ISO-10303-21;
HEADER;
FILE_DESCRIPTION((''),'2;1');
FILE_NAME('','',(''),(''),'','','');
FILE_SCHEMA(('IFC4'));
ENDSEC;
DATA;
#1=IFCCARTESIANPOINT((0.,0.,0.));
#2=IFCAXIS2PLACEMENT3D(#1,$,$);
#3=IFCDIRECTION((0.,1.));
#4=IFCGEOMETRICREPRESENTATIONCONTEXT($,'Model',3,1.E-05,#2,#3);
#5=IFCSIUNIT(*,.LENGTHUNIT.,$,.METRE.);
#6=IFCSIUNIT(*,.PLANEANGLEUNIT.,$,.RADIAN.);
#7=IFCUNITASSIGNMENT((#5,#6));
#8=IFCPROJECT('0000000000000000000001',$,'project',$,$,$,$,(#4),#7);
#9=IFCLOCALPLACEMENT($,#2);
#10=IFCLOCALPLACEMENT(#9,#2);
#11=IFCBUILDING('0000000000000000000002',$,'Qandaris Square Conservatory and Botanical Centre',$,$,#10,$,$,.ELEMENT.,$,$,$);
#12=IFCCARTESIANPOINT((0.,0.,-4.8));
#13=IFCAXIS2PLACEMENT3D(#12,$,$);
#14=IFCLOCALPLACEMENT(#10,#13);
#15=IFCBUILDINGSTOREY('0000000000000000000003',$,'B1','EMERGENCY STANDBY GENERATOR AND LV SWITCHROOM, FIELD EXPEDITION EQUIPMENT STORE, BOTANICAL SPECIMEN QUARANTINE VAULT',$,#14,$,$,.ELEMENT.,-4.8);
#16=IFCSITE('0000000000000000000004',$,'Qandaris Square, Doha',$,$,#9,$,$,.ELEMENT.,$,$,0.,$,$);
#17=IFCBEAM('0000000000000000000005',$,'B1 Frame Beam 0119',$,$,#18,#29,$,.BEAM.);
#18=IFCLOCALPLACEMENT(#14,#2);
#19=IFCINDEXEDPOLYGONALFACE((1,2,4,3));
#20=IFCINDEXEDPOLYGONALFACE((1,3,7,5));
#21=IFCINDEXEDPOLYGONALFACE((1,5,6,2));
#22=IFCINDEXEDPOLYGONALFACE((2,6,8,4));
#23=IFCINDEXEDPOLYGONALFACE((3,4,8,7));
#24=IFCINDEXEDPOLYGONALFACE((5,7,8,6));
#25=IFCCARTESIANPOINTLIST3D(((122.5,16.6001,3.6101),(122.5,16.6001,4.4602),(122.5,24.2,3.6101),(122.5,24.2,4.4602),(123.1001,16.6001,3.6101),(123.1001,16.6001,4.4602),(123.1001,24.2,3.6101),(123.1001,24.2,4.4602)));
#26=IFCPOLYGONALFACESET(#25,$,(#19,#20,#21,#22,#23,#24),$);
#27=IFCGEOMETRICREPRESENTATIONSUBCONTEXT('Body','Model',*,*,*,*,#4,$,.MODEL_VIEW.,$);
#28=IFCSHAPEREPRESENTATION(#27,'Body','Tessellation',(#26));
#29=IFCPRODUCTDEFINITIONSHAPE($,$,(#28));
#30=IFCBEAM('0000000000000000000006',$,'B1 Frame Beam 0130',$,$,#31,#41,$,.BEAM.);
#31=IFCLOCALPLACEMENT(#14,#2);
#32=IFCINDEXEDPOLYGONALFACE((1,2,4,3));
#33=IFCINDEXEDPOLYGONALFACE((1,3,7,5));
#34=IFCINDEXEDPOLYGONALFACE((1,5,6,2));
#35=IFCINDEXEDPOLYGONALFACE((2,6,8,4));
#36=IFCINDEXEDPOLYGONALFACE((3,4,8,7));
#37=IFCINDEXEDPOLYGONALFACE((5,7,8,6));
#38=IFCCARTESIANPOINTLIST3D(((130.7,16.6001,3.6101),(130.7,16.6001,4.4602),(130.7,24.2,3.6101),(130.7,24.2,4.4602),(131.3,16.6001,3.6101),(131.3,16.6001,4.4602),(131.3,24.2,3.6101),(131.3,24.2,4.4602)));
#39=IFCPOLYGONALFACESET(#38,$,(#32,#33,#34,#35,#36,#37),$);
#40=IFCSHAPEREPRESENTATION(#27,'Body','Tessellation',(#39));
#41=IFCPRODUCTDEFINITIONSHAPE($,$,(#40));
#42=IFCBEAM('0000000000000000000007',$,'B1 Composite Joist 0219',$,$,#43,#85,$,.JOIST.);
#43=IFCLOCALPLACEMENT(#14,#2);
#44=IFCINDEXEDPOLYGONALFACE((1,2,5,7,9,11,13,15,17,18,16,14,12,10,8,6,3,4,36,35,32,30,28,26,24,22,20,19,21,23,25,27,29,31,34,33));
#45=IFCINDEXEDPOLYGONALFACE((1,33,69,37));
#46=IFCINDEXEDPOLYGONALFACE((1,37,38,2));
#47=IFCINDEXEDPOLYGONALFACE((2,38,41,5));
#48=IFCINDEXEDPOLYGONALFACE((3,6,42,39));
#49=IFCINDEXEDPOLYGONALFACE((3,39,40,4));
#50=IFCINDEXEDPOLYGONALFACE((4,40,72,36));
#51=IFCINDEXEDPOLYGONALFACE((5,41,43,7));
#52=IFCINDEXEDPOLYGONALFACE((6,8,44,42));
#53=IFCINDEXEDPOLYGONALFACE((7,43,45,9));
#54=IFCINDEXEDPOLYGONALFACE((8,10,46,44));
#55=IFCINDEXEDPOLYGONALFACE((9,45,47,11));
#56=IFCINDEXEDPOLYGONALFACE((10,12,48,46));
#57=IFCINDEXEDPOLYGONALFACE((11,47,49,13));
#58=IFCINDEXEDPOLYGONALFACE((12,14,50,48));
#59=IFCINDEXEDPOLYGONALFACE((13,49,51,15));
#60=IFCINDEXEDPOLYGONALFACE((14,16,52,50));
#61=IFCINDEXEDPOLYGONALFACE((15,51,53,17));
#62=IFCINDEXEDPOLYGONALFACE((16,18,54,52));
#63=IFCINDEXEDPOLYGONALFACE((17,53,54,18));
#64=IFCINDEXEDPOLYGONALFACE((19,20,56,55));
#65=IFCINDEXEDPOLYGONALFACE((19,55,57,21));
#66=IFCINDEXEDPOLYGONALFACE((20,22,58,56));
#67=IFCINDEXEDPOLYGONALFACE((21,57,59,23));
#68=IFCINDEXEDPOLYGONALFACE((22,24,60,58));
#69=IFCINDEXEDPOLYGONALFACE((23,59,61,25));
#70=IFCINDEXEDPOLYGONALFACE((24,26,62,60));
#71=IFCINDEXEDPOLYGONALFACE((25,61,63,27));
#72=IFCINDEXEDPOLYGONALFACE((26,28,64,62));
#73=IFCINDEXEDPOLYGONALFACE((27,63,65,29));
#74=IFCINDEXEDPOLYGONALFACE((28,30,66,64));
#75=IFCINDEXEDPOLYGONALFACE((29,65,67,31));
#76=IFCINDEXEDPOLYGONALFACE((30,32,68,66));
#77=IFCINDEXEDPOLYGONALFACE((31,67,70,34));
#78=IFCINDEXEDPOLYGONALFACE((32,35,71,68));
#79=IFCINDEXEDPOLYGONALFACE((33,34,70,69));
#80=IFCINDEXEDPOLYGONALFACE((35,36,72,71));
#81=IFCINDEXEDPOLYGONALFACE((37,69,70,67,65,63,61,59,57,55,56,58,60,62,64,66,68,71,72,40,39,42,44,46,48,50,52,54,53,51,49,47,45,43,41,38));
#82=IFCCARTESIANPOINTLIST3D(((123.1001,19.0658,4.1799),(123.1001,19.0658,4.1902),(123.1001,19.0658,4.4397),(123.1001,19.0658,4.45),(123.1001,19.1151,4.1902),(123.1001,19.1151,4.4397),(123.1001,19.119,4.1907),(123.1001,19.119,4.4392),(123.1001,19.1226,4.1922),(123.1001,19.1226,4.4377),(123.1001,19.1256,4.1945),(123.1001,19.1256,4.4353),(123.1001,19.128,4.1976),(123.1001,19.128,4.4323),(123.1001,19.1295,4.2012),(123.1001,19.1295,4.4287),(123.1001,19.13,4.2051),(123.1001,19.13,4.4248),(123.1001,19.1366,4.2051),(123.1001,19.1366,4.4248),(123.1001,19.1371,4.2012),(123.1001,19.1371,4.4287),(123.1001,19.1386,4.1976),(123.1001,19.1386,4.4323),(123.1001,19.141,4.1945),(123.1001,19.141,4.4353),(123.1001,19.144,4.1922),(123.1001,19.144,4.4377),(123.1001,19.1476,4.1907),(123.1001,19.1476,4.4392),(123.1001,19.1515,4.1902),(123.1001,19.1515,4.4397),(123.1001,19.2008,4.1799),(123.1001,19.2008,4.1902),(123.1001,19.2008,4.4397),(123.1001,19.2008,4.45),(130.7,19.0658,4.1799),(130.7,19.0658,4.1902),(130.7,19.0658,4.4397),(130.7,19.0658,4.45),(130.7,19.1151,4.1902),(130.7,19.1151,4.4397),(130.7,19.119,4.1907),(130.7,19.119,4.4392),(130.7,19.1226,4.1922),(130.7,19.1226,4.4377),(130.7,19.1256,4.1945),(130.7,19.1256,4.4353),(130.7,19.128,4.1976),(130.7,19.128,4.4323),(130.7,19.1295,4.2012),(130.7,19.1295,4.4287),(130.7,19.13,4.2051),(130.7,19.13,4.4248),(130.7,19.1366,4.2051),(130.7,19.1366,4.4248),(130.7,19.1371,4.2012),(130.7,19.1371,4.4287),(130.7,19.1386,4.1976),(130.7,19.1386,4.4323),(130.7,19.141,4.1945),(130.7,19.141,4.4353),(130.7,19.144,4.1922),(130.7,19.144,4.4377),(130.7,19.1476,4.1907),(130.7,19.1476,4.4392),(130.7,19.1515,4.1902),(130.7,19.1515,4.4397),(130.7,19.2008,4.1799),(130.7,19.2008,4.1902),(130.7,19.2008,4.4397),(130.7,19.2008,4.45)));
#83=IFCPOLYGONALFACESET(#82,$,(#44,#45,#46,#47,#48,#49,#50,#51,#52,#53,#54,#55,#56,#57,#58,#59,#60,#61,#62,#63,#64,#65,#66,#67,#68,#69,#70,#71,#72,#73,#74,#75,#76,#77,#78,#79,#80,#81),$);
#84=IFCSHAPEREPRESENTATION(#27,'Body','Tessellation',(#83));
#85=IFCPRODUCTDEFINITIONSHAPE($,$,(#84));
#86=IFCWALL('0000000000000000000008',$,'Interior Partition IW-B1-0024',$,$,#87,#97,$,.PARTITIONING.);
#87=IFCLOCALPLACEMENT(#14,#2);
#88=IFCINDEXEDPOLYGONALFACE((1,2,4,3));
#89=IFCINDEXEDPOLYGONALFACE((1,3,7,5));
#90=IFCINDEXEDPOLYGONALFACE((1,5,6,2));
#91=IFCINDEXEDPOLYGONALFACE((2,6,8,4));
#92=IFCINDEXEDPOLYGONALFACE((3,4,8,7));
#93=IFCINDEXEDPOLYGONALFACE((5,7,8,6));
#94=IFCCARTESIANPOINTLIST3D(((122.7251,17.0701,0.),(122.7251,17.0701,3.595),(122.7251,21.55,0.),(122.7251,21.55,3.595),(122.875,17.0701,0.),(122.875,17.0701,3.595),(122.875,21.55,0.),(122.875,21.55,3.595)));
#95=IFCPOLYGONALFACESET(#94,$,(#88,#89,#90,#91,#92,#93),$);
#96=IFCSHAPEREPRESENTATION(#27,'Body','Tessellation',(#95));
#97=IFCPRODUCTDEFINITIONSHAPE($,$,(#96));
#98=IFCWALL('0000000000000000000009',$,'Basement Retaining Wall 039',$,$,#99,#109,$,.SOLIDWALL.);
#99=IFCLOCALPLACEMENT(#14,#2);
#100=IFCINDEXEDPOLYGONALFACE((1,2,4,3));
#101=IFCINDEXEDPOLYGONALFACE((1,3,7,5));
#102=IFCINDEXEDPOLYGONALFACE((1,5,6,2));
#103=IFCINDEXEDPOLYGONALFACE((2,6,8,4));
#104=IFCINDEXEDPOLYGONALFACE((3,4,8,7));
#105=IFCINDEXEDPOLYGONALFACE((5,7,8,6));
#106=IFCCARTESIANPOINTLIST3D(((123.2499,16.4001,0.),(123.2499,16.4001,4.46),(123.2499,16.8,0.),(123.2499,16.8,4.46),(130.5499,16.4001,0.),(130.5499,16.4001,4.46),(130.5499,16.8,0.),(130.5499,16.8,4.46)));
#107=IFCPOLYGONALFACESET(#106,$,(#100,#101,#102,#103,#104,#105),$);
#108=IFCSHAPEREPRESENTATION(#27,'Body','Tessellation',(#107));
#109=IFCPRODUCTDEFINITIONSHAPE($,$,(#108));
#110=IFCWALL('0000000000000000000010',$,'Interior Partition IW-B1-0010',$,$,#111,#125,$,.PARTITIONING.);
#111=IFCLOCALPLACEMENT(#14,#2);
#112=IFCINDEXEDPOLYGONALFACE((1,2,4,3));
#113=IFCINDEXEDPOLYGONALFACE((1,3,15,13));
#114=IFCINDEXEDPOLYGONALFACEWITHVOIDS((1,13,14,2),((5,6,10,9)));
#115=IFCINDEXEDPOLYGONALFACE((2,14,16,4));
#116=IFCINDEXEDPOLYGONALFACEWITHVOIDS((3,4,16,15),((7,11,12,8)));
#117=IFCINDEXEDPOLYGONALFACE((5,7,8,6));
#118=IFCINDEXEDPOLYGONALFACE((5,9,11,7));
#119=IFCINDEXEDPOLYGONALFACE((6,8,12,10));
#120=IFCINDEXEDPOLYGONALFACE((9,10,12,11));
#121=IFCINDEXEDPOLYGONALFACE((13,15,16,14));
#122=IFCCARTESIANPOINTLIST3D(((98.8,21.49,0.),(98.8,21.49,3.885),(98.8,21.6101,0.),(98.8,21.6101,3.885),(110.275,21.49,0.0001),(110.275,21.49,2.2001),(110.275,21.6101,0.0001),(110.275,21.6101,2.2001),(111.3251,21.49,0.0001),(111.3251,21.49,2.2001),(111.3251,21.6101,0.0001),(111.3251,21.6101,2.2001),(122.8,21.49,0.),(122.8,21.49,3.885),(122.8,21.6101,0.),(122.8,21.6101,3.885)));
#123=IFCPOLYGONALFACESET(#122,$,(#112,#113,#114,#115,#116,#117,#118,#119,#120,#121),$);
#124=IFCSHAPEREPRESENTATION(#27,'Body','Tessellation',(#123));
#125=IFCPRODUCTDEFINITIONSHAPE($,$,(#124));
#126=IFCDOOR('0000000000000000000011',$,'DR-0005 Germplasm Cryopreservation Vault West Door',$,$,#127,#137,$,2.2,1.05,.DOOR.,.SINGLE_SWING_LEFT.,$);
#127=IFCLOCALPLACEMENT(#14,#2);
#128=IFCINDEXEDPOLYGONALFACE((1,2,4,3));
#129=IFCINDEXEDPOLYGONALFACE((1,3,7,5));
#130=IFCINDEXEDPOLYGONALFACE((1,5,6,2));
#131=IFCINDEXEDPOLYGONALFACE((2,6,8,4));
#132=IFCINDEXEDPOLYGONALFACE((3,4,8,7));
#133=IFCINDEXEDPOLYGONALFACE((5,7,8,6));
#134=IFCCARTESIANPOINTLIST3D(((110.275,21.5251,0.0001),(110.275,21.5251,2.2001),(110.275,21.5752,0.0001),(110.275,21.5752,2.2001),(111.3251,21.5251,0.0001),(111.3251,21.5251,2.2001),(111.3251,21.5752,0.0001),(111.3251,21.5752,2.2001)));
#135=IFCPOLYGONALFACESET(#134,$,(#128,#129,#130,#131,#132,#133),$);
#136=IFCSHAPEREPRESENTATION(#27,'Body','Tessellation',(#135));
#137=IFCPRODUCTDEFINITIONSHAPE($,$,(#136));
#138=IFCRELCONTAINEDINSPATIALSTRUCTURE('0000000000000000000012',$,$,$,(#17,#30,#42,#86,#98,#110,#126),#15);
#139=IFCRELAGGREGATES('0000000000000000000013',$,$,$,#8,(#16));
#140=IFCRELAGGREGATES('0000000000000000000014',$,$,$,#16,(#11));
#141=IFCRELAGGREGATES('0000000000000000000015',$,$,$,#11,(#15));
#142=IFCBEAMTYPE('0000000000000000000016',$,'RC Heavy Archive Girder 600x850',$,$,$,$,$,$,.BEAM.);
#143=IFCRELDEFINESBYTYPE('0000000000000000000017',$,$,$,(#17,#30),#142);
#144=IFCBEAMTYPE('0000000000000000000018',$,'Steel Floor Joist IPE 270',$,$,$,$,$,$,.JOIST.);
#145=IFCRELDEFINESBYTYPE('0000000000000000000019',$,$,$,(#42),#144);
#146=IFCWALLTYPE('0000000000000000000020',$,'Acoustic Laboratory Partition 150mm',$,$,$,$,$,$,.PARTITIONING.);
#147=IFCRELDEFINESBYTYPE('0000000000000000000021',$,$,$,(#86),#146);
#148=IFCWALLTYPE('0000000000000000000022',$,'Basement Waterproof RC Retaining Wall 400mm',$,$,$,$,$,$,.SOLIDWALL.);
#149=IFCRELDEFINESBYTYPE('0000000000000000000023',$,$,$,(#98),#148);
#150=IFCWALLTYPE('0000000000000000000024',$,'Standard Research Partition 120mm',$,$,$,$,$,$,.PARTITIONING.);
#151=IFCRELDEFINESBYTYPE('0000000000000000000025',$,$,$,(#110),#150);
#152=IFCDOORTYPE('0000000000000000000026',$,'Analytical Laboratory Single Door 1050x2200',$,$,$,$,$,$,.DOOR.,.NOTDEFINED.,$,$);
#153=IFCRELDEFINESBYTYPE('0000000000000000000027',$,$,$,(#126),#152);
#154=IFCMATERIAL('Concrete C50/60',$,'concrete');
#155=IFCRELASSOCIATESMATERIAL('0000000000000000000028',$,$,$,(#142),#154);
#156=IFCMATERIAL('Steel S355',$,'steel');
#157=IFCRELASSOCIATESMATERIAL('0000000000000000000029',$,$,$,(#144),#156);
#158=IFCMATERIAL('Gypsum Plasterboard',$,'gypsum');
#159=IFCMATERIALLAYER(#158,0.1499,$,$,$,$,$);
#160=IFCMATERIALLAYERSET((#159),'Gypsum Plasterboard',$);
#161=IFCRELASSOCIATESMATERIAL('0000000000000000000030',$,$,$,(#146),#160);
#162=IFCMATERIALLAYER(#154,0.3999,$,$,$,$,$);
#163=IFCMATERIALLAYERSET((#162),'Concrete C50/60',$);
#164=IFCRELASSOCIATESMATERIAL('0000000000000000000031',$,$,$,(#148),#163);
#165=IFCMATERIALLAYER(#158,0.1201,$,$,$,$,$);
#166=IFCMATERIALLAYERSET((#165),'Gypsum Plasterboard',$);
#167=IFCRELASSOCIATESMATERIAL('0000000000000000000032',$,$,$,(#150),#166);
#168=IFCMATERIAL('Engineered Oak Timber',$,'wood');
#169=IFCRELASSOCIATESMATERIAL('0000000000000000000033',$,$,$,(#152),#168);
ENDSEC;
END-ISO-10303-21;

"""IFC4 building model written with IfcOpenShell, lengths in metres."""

from ifc_helpers import new_model, si_unit, direction, frame, frame_2d, origin, origin_2d, place, context, subcontext, project, spatial, rectangle, i_section, extrude, material, layer, layer_set, material_profile, profile_set, type_object, element, fill, save


model = new_model("IFC4")

# Units and contexts
model_context = context("Model", 3, precision=1e-05, world=origin(), true_north=direction((0.0, 1.0)))
body_context = subcontext(model_context, "Body", "Model", "MODEL_VIEW")
ifc_project = project(units=[si_unit("LENGTHUNIT", "METRE"), si_unit("PLANEANGLEUNIT", "RADIAN")], contexts=[model_context])

# Site, building, storey
site_placement = place(None, origin())
site = spatial("IfcSite", under=ifc_project, at=site_placement, Name="Qandaris Square, Doha", CompositionType="ELEMENT", RefElevation=0.0)
building_placement = place(site_placement, origin())
building = spatial("IfcBuilding", under=site, at=building_placement, Name="Qandaris Square Conservatory and Botanical Centre", CompositionType="ELEMENT")
storey_placement = place(building_placement, frame((0.0, 0.0, -4.8)))
storey = spatial("IfcBuildingStorey", under=building, at=storey_placement, Name="B1", Description="EMERGENCY STANDBY GENERATOR AND LV SWITCHROOM, FIELD EXPEDITION EQUIPMENT STORE, BOTANICAL SPECIMEN QUARANTINE VAULT", CompositionType="ELEMENT", Elevation=-4.8)

# Shared definitions
ifc_material_1 = material(Name="Concrete C50/60", Category="concrete")

# Beams
ifc_material_2 = material(Name="Steel S355", Category="steel")
ifc_material_profile_1 = material_profile(ifc_material_1, rectangle(XDim=0.6001, YDim=0.8501, at=origin_2d()), Name="RC-BM 600x850")
ifc_profile_set_1 = profile_set([ifc_material_profile_1], Name="Concrete C50/60")
beam_type_1 = type_object("IfcBeamType", Name="RC Heavy Archive Girder 600x850", PredefinedType="BEAM", material=ifc_profile_set_1)
for number, where, z_axis, x_axis, name in (
    (1, (122.8, 16.6001, 4.0352), (0.0, 1.0, 0.0), (-1.0, 0.0, 0.0), "B1 Frame Beam 0119"),
    (2, (131.0, 16.6001, 4.0352), (0.0, 1.0, 0.0), (-1.0, 0.0, 0.0), "B1 Frame Beam 0130"),
):
    element("IfcBeam", number, at=place(storey_placement, frame(where, z_axis=z_axis, x_axis=x_axis)), inside=storey, type_object=beam_type_1, Name=name, PredefinedType="BEAM", context=body_context, shape_type="SweptSolid", body=[
        extrude(rectangle(XDim=0.6001, YDim=0.8501, at=origin_2d()), origin(), (0.0, 0.0, 1.0), 7.5999),
    ])
ifc_material_profile_2 = material_profile(ifc_material_2, i_section(OverallWidth=0.135, OverallDepth=0.27, WebThickness=0.0066, FlangeThickness=0.0103, FilletRadius=0.0149, at=origin_2d()), Name="IPE 270")
ifc_profile_set_2 = profile_set([ifc_material_profile_2], Name="Steel S355")
beam_type_2 = type_object("IfcBeamType", Name="Steel Floor Joist IPE 270", PredefinedType="JOIST", material=ifc_profile_set_2)
beam_1_placement = place(storey_placement, frame((123.1001, 19.1333, 4.3149), z_axis=(1.0, 0.0, 0.0), x_axis=(0.0, 1.0, 0.0)))
element("IfcBeam", 3, at=beam_1_placement, inside=storey, type_object=beam_type_2, Name="B1 Composite Joist 0219", PredefinedType="JOIST", context=body_context, shape_type="SweptSolid", body=[
    extrude(i_section(OverallWidth=0.135, OverallDepth=0.27, WebThickness=0.0066, FlangeThickness=0.0103, FilletRadius=0.0149, at=origin_2d()), origin(), (0.0, 0.0, 1.0), 7.5999),
])

# Walls
ifc_material_3 = material(Name="Gypsum Plasterboard", Category="gypsum")
ifc_layer_1 = layer(ifc_material_3, 0.1499)
ifc_layer_set_1 = layer_set([ifc_layer_1], Name="Gypsum Plasterboard")
wall_type_1 = type_object("IfcWallType", Name="Acoustic Laboratory Partition 150mm", PredefinedType="PARTITIONING", material=ifc_layer_set_1)
wall_1_placement = place(storey_placement, frame((122.8, 21.55, 0.0), z_axis=(0.0, 0.0, 1.0), x_axis=(0.0, -1.0, 0.0)))
element("IfcWall", 4, at=wall_1_placement, inside=storey, type_object=wall_type_1, Name="Interior Partition IW-B1-0024", PredefinedType="PARTITIONING", context=body_context, shape_type="SweptSolid", body=[
    extrude(rectangle(XDim=4.48, YDim=0.1499, at=frame_2d((2.24, 0.0))), origin(), (0.0, 0.0, 1.0), 3.595),
])
ifc_layer_2 = layer(ifc_material_1, 0.3999)
ifc_layer_set_2 = layer_set([ifc_layer_2], Name="Concrete C50/60")
wall_type_2 = type_object("IfcWallType", Name="Basement Waterproof RC Retaining Wall 400mm", PredefinedType="SOLIDWALL", material=ifc_layer_set_2)
wall_2_placement = place(storey_placement, frame((123.25, 16.6001, 0.0), z_axis=(0.0, 0.0, 1.0), x_axis=(1.0, 0.0, 0.0)))
element("IfcWall", 5, at=wall_2_placement, inside=storey, type_object=wall_type_2, Name="Basement Retaining Wall 039", PredefinedType="SOLIDWALL", context=body_context, shape_type="SweptSolid", body=[
    extrude(rectangle(XDim=7.3, YDim=0.3999, at=frame_2d((3.6499, 0.0))), origin(), (0.0, 0.0, 1.0), 4.46),
])

# Wall, opening, door
ifc_layer_3 = layer(ifc_material_3, 0.1201)
ifc_layer_set_3 = layer_set([ifc_layer_3], Name="Gypsum Plasterboard")
wall_type_3 = type_object("IfcWallType", Name="Standard Research Partition 120mm", PredefinedType="PARTITIONING", material=ifc_layer_set_3)
wall_3_placement = place(storey_placement, frame((122.8, 21.55, 0.0), z_axis=(0.0, 0.0, 1.0), x_axis=(-1.0, 0.0, 0.0)))
wall_3 = element("IfcWall", 6, at=wall_3_placement, inside=storey, type_object=wall_type_3, Name="Interior Partition IW-B1-0010", PredefinedType="PARTITIONING", context=body_context, shape_type="SweptSolid", body=[
    extrude(rectangle(XDim=24.0, YDim=0.1201, at=frame_2d((12.0, 0.0))), origin(), (0.0, 0.0, 1.0), 3.885),
])
opening_placement = place(wall_3_placement, frame((11.4751, 0.0, 0.0)))
opening = element("IfcOpeningElement", 7, at=opening_placement, cuts=wall_3, PredefinedType="OPENING", context=body_context, shape_type="SweptSolid", body=[
    extrude(rectangle(XDim=1.05, YDim=2.2, at=frame_2d((0.5249, 1.1001))), frame((0.0, 0.072, 0.0), z_axis=(0.0, -1.0, 0.0), x_axis=(1.0, 0.0, 0.0)), (0.0, 0.0, 1.0), 0.144),
])
ifc_material_4 = material(Name="Engineered Oak Timber", Category="wood")
door_type = type_object("IfcDoorType", Name="Analytical Laboratory Single Door 1050x2200", OperationType="NOTDEFINED", PredefinedType="DOOR", material=ifc_material_4)
door_placement = place(opening_placement, origin())
door = element("IfcDoor", 8, at=door_placement, inside=storey, type_object=door_type, Name="DR-0005 Germplasm Cryopreservation Vault West Door", OperationType="SINGLE_SWING_LEFT", OverallHeight=2.2, OverallWidth=1.05, PredefinedType="DOOR", context=body_context, shape_type="SweptSolid", body=[
    extrude(rectangle(XDim=1.05, YDim=2.2, at=frame_2d((0.5249, 1.1001))), frame((0.0, 0.0249, 0.0), z_axis=(0.0, -1.0, 0.0), x_axis=(1.0, 0.0, 0.0)), (0.0, 0.0, 1.0), 0.05),
])
fill(opening, door)

save(model, "model.ifc")
